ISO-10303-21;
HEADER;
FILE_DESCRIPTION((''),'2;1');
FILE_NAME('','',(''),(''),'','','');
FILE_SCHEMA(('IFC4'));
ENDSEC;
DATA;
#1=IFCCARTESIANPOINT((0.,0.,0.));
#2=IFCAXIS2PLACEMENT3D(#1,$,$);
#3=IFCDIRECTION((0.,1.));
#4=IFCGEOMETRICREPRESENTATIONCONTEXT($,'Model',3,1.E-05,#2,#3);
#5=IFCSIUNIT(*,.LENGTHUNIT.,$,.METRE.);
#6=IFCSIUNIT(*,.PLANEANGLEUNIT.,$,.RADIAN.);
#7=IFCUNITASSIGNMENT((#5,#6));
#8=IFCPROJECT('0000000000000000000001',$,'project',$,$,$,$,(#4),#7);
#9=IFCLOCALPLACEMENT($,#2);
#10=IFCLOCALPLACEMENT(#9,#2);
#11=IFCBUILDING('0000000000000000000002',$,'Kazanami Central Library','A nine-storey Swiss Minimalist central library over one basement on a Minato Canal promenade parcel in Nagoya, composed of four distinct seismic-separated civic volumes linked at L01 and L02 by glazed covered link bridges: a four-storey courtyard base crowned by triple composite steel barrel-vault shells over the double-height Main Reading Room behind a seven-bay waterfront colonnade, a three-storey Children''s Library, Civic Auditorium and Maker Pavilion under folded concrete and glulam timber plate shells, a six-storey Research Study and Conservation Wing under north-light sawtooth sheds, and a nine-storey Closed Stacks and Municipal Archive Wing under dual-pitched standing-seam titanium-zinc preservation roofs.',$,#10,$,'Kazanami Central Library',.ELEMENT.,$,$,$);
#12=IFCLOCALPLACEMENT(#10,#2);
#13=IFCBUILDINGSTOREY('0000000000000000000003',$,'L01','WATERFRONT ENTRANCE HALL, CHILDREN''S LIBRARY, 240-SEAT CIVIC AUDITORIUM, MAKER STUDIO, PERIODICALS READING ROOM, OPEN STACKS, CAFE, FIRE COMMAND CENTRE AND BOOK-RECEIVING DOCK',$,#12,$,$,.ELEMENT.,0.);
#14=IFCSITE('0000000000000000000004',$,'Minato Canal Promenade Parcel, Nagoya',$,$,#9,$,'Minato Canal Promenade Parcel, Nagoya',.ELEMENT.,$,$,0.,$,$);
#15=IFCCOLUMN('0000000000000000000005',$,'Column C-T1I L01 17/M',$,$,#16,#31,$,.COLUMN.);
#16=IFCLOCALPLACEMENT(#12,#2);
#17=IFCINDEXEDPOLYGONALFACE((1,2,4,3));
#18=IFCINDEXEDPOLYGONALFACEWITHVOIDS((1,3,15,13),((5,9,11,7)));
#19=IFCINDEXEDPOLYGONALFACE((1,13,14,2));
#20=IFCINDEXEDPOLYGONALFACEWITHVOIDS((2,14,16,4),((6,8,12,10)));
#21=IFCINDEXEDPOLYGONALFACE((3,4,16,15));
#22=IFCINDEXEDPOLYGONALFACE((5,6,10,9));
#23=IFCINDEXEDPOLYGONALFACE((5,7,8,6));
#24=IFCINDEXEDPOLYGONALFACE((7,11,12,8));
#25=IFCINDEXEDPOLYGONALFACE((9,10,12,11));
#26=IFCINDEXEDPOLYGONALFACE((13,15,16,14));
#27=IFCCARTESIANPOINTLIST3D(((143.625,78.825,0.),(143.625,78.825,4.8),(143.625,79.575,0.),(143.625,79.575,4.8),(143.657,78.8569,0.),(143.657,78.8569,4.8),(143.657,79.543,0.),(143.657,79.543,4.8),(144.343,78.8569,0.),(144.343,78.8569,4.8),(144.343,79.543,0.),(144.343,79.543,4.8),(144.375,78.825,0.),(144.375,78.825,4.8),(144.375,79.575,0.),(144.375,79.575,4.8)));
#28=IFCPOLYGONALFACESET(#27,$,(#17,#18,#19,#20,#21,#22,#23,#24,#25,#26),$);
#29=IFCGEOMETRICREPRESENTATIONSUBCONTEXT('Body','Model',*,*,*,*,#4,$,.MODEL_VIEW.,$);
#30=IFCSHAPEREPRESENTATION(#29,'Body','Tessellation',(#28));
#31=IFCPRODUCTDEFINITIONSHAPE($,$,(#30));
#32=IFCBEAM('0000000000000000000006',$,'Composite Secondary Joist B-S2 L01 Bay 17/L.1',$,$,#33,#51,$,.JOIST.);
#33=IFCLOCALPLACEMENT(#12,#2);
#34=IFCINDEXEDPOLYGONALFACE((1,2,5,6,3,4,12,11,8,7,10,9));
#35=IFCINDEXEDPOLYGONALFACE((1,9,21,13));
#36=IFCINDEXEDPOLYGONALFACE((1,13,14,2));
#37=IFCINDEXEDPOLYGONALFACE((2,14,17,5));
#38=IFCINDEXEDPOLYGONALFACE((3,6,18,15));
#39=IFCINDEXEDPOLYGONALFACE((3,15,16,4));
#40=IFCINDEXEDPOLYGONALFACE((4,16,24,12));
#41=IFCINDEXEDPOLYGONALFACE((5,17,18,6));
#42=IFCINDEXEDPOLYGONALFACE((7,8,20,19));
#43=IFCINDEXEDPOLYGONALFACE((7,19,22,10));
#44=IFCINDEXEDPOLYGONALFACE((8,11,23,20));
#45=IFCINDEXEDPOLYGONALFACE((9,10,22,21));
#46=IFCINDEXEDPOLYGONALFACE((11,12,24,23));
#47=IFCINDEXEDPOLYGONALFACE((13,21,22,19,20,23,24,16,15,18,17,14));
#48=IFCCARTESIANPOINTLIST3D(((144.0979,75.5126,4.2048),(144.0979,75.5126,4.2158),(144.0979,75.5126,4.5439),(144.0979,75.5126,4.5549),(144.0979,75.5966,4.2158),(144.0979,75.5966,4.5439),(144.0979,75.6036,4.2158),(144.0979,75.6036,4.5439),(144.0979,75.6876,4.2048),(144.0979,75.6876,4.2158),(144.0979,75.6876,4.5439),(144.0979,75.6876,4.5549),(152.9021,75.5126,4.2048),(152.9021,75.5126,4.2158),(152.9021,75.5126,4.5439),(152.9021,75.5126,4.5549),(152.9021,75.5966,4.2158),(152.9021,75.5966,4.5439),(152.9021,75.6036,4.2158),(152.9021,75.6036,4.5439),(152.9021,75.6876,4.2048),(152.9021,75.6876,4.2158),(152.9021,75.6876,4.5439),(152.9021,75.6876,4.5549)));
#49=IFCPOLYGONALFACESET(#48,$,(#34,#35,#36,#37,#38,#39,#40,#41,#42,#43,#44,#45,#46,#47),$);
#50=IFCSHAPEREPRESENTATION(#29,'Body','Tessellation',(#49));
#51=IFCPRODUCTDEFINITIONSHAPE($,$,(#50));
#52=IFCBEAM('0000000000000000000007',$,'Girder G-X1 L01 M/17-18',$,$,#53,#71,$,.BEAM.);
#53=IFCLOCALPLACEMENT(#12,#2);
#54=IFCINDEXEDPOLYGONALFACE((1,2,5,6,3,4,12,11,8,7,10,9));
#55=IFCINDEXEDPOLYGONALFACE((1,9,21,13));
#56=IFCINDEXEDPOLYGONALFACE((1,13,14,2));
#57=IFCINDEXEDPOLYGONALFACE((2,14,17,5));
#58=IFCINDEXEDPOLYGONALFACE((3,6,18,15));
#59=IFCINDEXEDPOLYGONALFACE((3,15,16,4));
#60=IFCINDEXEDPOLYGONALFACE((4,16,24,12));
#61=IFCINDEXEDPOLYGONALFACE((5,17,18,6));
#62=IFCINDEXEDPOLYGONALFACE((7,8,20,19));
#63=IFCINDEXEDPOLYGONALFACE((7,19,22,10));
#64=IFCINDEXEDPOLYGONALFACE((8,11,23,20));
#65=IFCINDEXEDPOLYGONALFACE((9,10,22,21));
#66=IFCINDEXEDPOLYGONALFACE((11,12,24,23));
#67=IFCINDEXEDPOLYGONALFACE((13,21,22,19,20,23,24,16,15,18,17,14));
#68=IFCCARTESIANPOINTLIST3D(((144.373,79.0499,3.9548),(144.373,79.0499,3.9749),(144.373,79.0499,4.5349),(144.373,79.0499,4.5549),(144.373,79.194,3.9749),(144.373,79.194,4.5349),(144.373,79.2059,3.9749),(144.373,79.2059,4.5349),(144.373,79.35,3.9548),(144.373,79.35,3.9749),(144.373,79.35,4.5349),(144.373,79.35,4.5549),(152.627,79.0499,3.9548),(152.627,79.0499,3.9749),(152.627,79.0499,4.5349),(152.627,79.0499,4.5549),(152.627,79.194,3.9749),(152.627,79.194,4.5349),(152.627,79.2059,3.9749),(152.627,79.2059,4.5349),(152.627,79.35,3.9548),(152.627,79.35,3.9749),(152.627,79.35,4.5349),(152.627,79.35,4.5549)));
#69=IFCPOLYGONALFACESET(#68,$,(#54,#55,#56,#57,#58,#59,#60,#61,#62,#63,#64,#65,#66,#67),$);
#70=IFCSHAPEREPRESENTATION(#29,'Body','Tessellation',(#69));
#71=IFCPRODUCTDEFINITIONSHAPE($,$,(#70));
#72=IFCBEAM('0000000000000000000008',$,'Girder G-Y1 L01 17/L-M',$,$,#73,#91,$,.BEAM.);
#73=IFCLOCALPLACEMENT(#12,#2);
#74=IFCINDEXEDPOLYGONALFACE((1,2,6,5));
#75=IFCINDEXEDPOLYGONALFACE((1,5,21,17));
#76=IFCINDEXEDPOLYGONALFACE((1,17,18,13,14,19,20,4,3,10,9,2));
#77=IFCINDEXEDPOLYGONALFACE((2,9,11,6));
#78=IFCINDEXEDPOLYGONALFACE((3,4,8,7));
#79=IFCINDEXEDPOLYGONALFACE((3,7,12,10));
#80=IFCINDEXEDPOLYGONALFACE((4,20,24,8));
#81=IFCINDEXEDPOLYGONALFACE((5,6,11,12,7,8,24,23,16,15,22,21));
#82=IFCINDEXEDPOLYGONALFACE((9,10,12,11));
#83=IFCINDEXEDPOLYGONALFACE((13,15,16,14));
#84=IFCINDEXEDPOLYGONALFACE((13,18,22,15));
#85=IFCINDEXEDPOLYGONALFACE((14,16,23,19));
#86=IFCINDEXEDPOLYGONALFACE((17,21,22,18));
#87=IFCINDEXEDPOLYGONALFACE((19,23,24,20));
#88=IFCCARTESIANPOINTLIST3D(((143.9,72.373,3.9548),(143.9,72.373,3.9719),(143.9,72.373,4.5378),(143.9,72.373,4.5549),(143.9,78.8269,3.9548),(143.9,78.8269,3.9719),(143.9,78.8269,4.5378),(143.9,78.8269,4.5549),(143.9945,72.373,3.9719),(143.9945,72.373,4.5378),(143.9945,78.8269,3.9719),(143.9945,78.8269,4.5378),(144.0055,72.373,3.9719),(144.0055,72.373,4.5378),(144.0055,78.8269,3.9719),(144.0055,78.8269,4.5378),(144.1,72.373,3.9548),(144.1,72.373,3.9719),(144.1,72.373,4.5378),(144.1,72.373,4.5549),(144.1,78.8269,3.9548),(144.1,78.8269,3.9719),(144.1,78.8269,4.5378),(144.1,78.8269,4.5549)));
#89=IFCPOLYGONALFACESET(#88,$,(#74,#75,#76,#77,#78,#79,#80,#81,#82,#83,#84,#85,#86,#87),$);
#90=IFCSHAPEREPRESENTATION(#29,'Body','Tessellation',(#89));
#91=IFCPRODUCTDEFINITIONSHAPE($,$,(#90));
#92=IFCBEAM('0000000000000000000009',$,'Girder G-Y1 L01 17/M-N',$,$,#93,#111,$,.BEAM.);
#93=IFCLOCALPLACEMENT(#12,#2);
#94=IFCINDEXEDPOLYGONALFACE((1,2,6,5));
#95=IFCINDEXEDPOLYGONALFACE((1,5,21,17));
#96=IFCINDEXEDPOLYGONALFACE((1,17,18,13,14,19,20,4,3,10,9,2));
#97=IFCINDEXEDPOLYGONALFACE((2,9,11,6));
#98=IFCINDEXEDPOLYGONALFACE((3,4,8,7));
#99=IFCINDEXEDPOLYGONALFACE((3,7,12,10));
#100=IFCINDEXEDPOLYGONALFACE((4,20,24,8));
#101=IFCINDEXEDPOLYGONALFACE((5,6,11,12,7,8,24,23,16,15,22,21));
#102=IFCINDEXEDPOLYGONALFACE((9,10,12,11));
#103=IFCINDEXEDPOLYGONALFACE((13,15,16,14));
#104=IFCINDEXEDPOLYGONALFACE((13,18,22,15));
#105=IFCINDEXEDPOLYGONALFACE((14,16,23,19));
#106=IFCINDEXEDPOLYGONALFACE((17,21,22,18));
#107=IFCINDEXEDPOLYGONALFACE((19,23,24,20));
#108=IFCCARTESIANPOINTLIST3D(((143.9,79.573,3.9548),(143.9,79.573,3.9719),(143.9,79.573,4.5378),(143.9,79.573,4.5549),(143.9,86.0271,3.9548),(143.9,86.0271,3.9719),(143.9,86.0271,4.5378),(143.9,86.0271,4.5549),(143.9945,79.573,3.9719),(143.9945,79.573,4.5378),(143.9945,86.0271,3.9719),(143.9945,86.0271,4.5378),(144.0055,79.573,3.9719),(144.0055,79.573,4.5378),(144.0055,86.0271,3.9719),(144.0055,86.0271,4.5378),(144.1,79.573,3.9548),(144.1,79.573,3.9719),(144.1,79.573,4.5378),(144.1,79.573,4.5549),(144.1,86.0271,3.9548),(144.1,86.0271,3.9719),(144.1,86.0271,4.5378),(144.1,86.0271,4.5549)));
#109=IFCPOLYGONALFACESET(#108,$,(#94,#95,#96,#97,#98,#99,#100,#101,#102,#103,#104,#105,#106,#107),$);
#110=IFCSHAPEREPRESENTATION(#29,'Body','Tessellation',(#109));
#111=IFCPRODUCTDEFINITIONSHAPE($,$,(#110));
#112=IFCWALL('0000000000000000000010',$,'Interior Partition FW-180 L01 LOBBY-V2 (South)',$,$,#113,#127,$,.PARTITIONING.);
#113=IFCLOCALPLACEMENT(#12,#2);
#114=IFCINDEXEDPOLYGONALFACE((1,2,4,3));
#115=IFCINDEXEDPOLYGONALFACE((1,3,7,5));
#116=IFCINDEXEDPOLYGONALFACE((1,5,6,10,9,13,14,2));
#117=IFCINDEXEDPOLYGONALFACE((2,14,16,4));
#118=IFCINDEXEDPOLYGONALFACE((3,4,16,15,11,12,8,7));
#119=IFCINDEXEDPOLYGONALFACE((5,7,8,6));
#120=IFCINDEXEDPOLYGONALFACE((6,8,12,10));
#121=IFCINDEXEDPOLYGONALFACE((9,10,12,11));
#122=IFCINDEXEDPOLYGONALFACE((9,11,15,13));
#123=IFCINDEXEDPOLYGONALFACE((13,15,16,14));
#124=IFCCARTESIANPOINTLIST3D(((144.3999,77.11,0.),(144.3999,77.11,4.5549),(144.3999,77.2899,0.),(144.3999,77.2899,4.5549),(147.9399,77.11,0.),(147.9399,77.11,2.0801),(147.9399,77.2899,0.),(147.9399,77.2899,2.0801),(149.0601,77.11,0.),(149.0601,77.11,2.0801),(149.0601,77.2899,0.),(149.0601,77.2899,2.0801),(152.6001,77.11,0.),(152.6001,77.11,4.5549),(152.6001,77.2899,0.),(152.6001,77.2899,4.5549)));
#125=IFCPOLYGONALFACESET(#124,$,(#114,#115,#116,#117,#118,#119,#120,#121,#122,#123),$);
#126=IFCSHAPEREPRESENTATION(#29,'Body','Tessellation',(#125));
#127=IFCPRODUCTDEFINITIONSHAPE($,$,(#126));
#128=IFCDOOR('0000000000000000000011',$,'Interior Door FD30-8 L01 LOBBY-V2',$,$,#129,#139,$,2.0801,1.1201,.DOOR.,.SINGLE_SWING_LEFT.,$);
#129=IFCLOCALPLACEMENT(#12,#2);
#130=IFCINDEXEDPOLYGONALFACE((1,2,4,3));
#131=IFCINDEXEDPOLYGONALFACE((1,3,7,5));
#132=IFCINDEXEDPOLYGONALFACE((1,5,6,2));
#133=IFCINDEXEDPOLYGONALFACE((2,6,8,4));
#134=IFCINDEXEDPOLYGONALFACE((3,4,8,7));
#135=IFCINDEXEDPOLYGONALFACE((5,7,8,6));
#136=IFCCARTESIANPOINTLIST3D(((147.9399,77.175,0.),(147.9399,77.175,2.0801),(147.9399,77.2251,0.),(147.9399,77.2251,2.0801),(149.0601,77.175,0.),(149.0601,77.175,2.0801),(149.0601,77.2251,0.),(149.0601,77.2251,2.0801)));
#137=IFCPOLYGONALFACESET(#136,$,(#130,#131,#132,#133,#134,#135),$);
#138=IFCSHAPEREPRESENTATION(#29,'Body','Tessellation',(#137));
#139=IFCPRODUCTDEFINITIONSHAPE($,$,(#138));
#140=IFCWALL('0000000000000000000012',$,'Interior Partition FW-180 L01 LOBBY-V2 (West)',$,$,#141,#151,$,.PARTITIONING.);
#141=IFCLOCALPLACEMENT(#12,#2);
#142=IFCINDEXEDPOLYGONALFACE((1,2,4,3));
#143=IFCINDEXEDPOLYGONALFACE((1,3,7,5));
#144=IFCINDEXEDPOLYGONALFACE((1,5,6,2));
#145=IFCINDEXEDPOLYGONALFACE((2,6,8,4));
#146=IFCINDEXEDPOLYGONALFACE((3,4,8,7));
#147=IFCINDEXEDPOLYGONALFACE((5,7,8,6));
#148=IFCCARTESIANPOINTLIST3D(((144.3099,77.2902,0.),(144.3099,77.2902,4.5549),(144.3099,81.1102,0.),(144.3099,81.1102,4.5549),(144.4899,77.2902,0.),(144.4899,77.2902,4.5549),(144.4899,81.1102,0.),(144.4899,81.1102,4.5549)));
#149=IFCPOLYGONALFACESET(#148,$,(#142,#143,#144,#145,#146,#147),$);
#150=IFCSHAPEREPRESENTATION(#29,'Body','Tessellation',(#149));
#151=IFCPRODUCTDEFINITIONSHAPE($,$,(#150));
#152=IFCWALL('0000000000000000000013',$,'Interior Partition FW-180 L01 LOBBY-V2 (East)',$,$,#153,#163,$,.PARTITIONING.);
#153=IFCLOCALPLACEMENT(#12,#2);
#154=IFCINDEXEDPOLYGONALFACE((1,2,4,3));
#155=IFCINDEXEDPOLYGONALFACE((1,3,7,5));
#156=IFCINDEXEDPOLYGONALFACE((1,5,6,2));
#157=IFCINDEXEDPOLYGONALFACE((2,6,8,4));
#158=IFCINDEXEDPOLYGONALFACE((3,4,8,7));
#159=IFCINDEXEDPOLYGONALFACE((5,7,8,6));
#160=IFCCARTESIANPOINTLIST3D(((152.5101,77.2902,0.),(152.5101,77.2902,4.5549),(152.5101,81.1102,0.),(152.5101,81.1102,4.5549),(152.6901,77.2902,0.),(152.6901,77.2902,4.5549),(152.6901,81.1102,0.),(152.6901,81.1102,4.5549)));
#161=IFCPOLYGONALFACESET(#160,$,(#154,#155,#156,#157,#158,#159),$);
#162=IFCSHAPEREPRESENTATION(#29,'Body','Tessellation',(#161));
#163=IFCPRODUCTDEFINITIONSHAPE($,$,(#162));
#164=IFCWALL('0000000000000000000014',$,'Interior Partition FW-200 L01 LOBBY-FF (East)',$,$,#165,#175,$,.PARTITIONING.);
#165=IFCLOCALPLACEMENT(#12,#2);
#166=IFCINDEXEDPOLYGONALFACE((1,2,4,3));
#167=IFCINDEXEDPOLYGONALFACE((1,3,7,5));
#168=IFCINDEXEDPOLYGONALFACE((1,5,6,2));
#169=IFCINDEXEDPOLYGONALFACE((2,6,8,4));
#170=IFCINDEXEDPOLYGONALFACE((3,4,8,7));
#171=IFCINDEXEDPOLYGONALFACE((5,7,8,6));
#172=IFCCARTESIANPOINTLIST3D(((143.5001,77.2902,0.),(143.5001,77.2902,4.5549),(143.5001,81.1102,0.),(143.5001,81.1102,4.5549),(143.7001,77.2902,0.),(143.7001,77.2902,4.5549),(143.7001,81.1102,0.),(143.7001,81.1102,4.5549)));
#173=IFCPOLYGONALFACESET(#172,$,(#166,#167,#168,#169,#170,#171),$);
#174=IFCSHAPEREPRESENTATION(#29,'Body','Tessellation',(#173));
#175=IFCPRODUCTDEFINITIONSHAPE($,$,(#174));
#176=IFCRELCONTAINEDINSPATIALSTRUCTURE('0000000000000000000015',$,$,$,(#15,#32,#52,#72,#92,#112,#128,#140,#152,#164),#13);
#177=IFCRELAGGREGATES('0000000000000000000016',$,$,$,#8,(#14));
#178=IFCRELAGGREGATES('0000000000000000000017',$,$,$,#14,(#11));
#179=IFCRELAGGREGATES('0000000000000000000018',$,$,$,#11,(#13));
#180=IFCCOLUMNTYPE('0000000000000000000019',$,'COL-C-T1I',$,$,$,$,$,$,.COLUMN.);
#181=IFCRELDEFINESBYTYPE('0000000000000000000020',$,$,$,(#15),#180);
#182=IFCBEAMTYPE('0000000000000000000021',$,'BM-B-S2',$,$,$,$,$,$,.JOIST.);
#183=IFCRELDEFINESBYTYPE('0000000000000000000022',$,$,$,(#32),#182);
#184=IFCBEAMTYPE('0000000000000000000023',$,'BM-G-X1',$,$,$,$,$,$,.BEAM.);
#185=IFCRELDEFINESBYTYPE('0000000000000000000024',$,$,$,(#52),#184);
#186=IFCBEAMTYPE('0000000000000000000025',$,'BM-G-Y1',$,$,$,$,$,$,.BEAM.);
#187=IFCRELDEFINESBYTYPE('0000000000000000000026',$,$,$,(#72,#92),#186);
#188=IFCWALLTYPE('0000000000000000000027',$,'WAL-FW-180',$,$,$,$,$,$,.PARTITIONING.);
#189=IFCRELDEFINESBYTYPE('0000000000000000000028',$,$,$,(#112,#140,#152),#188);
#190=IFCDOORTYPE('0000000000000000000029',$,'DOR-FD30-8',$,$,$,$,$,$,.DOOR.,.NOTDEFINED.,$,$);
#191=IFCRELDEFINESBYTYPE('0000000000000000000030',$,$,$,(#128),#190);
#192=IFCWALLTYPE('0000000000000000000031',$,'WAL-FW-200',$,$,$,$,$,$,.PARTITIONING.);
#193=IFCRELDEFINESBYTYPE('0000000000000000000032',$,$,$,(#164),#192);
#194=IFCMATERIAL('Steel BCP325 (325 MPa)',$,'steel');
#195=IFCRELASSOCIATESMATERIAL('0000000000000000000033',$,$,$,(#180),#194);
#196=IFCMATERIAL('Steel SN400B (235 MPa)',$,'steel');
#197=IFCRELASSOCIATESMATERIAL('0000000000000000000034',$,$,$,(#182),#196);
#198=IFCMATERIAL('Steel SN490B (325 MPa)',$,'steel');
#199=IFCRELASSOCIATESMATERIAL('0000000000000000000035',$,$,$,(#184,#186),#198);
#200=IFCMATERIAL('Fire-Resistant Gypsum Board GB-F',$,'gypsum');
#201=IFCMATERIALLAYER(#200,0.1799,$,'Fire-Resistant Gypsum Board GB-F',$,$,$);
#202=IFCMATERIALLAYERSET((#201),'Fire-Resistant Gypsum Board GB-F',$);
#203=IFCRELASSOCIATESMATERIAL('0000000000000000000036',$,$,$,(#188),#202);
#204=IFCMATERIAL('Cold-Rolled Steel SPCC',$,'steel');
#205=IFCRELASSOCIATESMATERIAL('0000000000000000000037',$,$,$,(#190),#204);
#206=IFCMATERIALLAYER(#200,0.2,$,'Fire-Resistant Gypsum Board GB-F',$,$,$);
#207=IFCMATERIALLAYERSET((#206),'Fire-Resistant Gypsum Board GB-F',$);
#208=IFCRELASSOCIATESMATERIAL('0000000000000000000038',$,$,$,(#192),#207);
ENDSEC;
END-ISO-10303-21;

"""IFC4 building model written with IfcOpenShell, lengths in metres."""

from ifc_helpers import new_model, si_unit, direction, frame, frame_2d, origin, origin_2d, place, context, subcontext, project, spatial, rectangle, hollow_rectangle, i_section, extrude, material, layer, layer_set, material_profile, profile_set, type_object, element, fill, save


model = new_model("IFC4")

# Units and contexts
model_context = context("Model", 3, precision=1e-05, world=origin(), true_north=direction((0.0, 1.0)))
body_context = subcontext(model_context, "Body", "Model", "MODEL_VIEW")
ifc_project = project(units=[si_unit("LENGTHUNIT", "METRE"), si_unit("PLANEANGLEUNIT", "RADIAN")], contexts=[model_context])

# Site, building, storey
site_placement = place(None, origin())
site = spatial("IfcSite", under=ifc_project, at=site_placement, Name="Minato Canal Promenade Parcel, Nagoya", LongName="Minato Canal Promenade Parcel, Nagoya", CompositionType="ELEMENT", RefElevation=0.0)
building_placement = place(site_placement, origin())
building = spatial("IfcBuilding", under=site, at=building_placement, Name="Kazanami Central Library", Description="A nine-storey Swiss Minimalist central library over one basement on a Minato Canal promenade parcel in Nagoya, composed of four distinct seismic-separated civic volumes linked at L01 and L02 by glazed covered link bridges: a four-storey courtyard base crowned by triple composite steel barrel-vault shells over the double-height Main Reading Room behind a seven-bay waterfront colonnade, a three-storey Children's Library, Civic Auditorium and Maker Pavilion under folded concrete and glulam timber plate shells, a six-storey Research Study and Conservation Wing under north-light sawtooth sheds, and a nine-storey Closed Stacks and Municipal Archive Wing under dual-pitched standing-seam titanium-zinc preservation roofs.", LongName="Kazanami Central Library", CompositionType="ELEMENT")
storey_placement = place(building_placement, origin())
storey = spatial("IfcBuildingStorey", under=building, at=storey_placement, Name="L01", Description="WATERFRONT ENTRANCE HALL, CHILDREN'S LIBRARY, 240-SEAT CIVIC AUDITORIUM, MAKER STUDIO, PERIODICALS READING ROOM, OPEN STACKS, CAFE, FIRE COMMAND CENTRE AND BOOK-RECEIVING DOCK", CompositionType="ELEMENT", Elevation=0.0)

# Column
ifc_material_1 = material(Name="Steel BCP325 (325 MPa)", Category="steel")
ifc_material_profile_1 = material_profile(ifc_material_1, hollow_rectangle(XDim=0.75, YDim=0.75, WallThickness=0.032, at=origin_2d()), Name="BCP-750x750x32")
ifc_profile_set_1 = profile_set([ifc_material_profile_1], Name="Steel BCP325 (325 MPa)")
column_type = type_object("IfcColumnType", Name="COL-C-T1I", PredefinedType="COLUMN", material=ifc_profile_set_1)
column_placement = place(storey_placement, frame((144.0, 79.2, 0.0), z_axis=(0.0, 0.0, 1.0), x_axis=(1.0, 0.0, 0.0)))
element("IfcColumn", 1, at=column_placement, inside=storey, type_object=column_type, Name="Column C-T1I L01 17/M", PredefinedType="COLUMN", context=body_context, shape_type="SweptSolid", body=[
    extrude(hollow_rectangle(XDim=0.75, YDim=0.75, WallThickness=0.032, at=origin_2d()), origin(), (0.0, 0.0, 1.0), 4.8),
])

# Beams
ifc_material_2 = material(Name="Steel SN400B (235 MPa)", Category="steel")
ifc_material_profile_2 = material_profile(ifc_material_2, i_section(OverallWidth=0.175, OverallDepth=0.3501, WebThickness=0.0071, FlangeThickness=0.011, at=origin_2d()), Name="H-350x175x7x11")
ifc_profile_set_2 = profile_set([ifc_material_profile_2], Name="Steel SN400B (235 MPa)")
beam_type_1 = type_object("IfcBeamType", Name="BM-B-S2", PredefinedType="JOIST", material=ifc_profile_set_2)
beam_1_placement = place(storey_placement, frame((144.0979, 75.6001, 4.3799), z_axis=(1.0, 0.0, 0.0), x_axis=(0.0, 1.0, 0.0)))
element("IfcBeam", 2, at=beam_1_placement, inside=storey, type_object=beam_type_1, Name="Composite Secondary Joist B-S2 L01 Bay 17/L.1", PredefinedType="JOIST", context=body_context, shape_type="SweptSolid", body=[
    extrude(i_section(OverallWidth=0.175, OverallDepth=0.3501, WebThickness=0.0071, FlangeThickness=0.011, at=origin_2d()), origin(), (0.0, 0.0, 1.0), 8.8042),
])
ifc_material_3 = material(Name="Steel SN490B (325 MPa)", Category="steel")
ifc_material_profile_3 = material_profile(ifc_material_3, i_section(OverallWidth=0.3, OverallDepth=0.6001, WebThickness=0.012, FlangeThickness=0.02, at=origin_2d()), Name="H-600x300x12x20")
ifc_profile_set_3 = profile_set([ifc_material_profile_3], Name="Steel SN490B (325 MPa)")
beam_type_2 = type_object("IfcBeamType", Name="BM-G-X1", PredefinedType="BEAM", material=ifc_profile_set_3)
beam_2_placement = place(storey_placement, frame((144.373, 79.2, 4.2549), z_axis=(1.0, 0.0, 0.0), x_axis=(0.0, 1.0, 0.0)))
element("IfcBeam", 3, at=beam_2_placement, inside=storey, type_object=beam_type_2, Name="Girder G-X1 L01 M/17-18", PredefinedType="BEAM", context=body_context, shape_type="SweptSolid", body=[
    extrude(i_section(OverallWidth=0.3, OverallDepth=0.6001, WebThickness=0.012, FlangeThickness=0.02, at=origin_2d()), origin(), (0.0, 0.0, 1.0), 8.2539),
])
ifc_material_profile_4 = material_profile(ifc_material_3, i_section(OverallWidth=0.2, OverallDepth=0.6001, WebThickness=0.011, FlangeThickness=0.0171, at=origin_2d()), Name="H-600x200x11x17")
ifc_profile_set_4 = profile_set([ifc_material_profile_4], Name="Steel SN490B (325 MPa)")
beam_type_3 = type_object("IfcBeamType", Name="BM-G-Y1", PredefinedType="BEAM", material=ifc_profile_set_4)
beam_3_placement = place(storey_placement, frame((144.0, 72.373, 4.2549), z_axis=(0.0, 1.0, 0.0), x_axis=(-1.0, 0.0, 0.0)))
element("IfcBeam", 4, at=beam_3_placement, inside=storey, type_object=beam_type_3, Name="Girder G-Y1 L01 17/L-M", PredefinedType="BEAM", context=body_context, shape_type="SweptSolid", body=[
    extrude(i_section(OverallWidth=0.2, OverallDepth=0.6001, WebThickness=0.011, FlangeThickness=0.0171, at=origin_2d()), origin(), (0.0, 0.0, 1.0), 6.4539),
])
beam_4_placement = place(storey_placement, frame((144.0, 79.573, 4.2549), z_axis=(0.0, 1.0, 0.0), x_axis=(-1.0, 0.0, 0.0)))
element("IfcBeam", 5, at=beam_4_placement, inside=storey, type_object=beam_type_3, Name="Girder G-Y1 L01 17/M-N", PredefinedType="BEAM", context=body_context, shape_type="SweptSolid", body=[
    extrude(i_section(OverallWidth=0.2, OverallDepth=0.6001, WebThickness=0.011, FlangeThickness=0.0171, at=origin_2d()), origin(), (0.0, 0.0, 1.0), 6.4541),
])

# Wall, opening, door
ifc_material_4 = material(Name="Fire-Resistant Gypsum Board GB-F", Category="gypsum")
ifc_layer_1 = layer(ifc_material_4, 0.1799, Name="Fire-Resistant Gypsum Board GB-F")
ifc_layer_set_1 = layer_set([ifc_layer_1], Name="Fire-Resistant Gypsum Board GB-F")
wall_type_1 = type_object("IfcWallType", Name="WAL-FW-180", PredefinedType="PARTITIONING", material=ifc_layer_set_1)
wall_1_placement = place(storey_placement, frame((144.3999, 77.2, 0.0), z_axis=(0.0, 0.0, 1.0), x_axis=(1.0, 0.0, 0.0)))
wall_1 = element("IfcWall", 6, at=wall_1_placement, inside=storey, type_object=wall_type_1, Name="Interior Partition FW-180 L01 LOBBY-V2 (South)", PredefinedType="PARTITIONING", context=body_context, shape_type="SweptSolid", body=[
    extrude(rectangle(XDim=8.2002, YDim=0.1799, at=frame_2d((4.1001, 0.0))), origin(), (0.0, 0.0, 1.0), 4.5549),
])
opening_1_placement = place(wall_1_placement, frame((3.54, 0.0, 0.0)))
opening_1 = element("IfcOpeningElement", 7, at=opening_1_placement, cuts=wall_1, PredefinedType="OPENING", context=body_context, shape_type="SweptSolid", body=[
    extrude(rectangle(XDim=1.1201, YDim=2.0801, at=frame_2d((0.5601, 1.04))), frame((0.0, 0.1021, 0.0), z_axis=(0.0, -1.0, 0.0), x_axis=(1.0, 0.0, 0.0)), (0.0, 0.0, 1.0), 0.2039),
])
ifc_material_5 = material(Name="Cold-Rolled Steel SPCC", Category="steel")
door_type_1 = type_object("IfcDoorType", Name="DOR-FD30-8", OperationType="NOTDEFINED", PredefinedType="DOOR", material=ifc_material_5)
door_1_placement = place(opening_1_placement, frame((1.1201, 0.0, 0.0), z_axis=(0.0, 0.0, 1.0), x_axis=(-1.0, 0.0, 0.0)))
door_1 = element("IfcDoor", 8, at=door_1_placement, inside=storey, type_object=door_type_1, Name="Interior Door FD30-8 L01 LOBBY-V2", OperationType="SINGLE_SWING_LEFT", OverallHeight=2.0801, OverallWidth=1.1201, PredefinedType="DOOR", context=body_context, shape_type="SweptSolid", body=[
    extrude(rectangle(XDim=1.1201, YDim=2.0801, at=frame_2d((0.5601, 1.04))), frame((0.0, 0.0249, 0.0), z_axis=(0.0, -1.0, 0.0), x_axis=(1.0, 0.0, 0.0)), (0.0, 0.0, 1.0), 0.05),
])
fill(opening_1, door_1)

# Walls
for number, where, z_axis, x_axis, name in (
    (9, (144.3999, 77.29, 0.0), (0.0, 0.0, 1.0), (0.0, 1.0, 0.0), "Interior Partition FW-180 L01 LOBBY-V2 (West)"),
    (10, (152.6001, 77.29, 0.0), (0.0, 0.0, 1.0), (0.0, 1.0, 0.0), "Interior Partition FW-180 L01 LOBBY-V2 (East)"),
):
    element("IfcWall", number, at=place(storey_placement, frame(where, z_axis=z_axis, x_axis=x_axis)), inside=storey, type_object=wall_type_1, Name=name, PredefinedType="PARTITIONING", context=body_context, shape_type="SweptSolid", body=[
        extrude(rectangle(XDim=3.8201, YDim=0.1799, at=frame_2d((1.9102, 0.0))), origin(), (0.0, 0.0, 1.0), 4.5549),
    ])
ifc_layer_2 = layer(ifc_material_4, 0.2, Name="Fire-Resistant Gypsum Board GB-F")
ifc_layer_set_2 = layer_set([ifc_layer_2], Name="Fire-Resistant Gypsum Board GB-F")
wall_type_2 = type_object("IfcWallType", Name="WAL-FW-200", PredefinedType="PARTITIONING", material=ifc_layer_set_2)
wall_2_placement = place(storey_placement, frame((143.6001, 77.29, 0.0), z_axis=(0.0, 0.0, 1.0), x_axis=(0.0, 1.0, 0.0)))
element("IfcWall", 11, at=wall_2_placement, inside=storey, type_object=wall_type_2, Name="Interior Partition FW-200 L01 LOBBY-FF (East)", PredefinedType="PARTITIONING", context=body_context, shape_type="SweptSolid", body=[
    extrude(rectangle(XDim=3.8201, YDim=0.2, at=frame_2d((1.9102, 0.0))), origin(), (0.0, 0.0, 1.0), 4.5549),
])

save(model, "model.ifc")
